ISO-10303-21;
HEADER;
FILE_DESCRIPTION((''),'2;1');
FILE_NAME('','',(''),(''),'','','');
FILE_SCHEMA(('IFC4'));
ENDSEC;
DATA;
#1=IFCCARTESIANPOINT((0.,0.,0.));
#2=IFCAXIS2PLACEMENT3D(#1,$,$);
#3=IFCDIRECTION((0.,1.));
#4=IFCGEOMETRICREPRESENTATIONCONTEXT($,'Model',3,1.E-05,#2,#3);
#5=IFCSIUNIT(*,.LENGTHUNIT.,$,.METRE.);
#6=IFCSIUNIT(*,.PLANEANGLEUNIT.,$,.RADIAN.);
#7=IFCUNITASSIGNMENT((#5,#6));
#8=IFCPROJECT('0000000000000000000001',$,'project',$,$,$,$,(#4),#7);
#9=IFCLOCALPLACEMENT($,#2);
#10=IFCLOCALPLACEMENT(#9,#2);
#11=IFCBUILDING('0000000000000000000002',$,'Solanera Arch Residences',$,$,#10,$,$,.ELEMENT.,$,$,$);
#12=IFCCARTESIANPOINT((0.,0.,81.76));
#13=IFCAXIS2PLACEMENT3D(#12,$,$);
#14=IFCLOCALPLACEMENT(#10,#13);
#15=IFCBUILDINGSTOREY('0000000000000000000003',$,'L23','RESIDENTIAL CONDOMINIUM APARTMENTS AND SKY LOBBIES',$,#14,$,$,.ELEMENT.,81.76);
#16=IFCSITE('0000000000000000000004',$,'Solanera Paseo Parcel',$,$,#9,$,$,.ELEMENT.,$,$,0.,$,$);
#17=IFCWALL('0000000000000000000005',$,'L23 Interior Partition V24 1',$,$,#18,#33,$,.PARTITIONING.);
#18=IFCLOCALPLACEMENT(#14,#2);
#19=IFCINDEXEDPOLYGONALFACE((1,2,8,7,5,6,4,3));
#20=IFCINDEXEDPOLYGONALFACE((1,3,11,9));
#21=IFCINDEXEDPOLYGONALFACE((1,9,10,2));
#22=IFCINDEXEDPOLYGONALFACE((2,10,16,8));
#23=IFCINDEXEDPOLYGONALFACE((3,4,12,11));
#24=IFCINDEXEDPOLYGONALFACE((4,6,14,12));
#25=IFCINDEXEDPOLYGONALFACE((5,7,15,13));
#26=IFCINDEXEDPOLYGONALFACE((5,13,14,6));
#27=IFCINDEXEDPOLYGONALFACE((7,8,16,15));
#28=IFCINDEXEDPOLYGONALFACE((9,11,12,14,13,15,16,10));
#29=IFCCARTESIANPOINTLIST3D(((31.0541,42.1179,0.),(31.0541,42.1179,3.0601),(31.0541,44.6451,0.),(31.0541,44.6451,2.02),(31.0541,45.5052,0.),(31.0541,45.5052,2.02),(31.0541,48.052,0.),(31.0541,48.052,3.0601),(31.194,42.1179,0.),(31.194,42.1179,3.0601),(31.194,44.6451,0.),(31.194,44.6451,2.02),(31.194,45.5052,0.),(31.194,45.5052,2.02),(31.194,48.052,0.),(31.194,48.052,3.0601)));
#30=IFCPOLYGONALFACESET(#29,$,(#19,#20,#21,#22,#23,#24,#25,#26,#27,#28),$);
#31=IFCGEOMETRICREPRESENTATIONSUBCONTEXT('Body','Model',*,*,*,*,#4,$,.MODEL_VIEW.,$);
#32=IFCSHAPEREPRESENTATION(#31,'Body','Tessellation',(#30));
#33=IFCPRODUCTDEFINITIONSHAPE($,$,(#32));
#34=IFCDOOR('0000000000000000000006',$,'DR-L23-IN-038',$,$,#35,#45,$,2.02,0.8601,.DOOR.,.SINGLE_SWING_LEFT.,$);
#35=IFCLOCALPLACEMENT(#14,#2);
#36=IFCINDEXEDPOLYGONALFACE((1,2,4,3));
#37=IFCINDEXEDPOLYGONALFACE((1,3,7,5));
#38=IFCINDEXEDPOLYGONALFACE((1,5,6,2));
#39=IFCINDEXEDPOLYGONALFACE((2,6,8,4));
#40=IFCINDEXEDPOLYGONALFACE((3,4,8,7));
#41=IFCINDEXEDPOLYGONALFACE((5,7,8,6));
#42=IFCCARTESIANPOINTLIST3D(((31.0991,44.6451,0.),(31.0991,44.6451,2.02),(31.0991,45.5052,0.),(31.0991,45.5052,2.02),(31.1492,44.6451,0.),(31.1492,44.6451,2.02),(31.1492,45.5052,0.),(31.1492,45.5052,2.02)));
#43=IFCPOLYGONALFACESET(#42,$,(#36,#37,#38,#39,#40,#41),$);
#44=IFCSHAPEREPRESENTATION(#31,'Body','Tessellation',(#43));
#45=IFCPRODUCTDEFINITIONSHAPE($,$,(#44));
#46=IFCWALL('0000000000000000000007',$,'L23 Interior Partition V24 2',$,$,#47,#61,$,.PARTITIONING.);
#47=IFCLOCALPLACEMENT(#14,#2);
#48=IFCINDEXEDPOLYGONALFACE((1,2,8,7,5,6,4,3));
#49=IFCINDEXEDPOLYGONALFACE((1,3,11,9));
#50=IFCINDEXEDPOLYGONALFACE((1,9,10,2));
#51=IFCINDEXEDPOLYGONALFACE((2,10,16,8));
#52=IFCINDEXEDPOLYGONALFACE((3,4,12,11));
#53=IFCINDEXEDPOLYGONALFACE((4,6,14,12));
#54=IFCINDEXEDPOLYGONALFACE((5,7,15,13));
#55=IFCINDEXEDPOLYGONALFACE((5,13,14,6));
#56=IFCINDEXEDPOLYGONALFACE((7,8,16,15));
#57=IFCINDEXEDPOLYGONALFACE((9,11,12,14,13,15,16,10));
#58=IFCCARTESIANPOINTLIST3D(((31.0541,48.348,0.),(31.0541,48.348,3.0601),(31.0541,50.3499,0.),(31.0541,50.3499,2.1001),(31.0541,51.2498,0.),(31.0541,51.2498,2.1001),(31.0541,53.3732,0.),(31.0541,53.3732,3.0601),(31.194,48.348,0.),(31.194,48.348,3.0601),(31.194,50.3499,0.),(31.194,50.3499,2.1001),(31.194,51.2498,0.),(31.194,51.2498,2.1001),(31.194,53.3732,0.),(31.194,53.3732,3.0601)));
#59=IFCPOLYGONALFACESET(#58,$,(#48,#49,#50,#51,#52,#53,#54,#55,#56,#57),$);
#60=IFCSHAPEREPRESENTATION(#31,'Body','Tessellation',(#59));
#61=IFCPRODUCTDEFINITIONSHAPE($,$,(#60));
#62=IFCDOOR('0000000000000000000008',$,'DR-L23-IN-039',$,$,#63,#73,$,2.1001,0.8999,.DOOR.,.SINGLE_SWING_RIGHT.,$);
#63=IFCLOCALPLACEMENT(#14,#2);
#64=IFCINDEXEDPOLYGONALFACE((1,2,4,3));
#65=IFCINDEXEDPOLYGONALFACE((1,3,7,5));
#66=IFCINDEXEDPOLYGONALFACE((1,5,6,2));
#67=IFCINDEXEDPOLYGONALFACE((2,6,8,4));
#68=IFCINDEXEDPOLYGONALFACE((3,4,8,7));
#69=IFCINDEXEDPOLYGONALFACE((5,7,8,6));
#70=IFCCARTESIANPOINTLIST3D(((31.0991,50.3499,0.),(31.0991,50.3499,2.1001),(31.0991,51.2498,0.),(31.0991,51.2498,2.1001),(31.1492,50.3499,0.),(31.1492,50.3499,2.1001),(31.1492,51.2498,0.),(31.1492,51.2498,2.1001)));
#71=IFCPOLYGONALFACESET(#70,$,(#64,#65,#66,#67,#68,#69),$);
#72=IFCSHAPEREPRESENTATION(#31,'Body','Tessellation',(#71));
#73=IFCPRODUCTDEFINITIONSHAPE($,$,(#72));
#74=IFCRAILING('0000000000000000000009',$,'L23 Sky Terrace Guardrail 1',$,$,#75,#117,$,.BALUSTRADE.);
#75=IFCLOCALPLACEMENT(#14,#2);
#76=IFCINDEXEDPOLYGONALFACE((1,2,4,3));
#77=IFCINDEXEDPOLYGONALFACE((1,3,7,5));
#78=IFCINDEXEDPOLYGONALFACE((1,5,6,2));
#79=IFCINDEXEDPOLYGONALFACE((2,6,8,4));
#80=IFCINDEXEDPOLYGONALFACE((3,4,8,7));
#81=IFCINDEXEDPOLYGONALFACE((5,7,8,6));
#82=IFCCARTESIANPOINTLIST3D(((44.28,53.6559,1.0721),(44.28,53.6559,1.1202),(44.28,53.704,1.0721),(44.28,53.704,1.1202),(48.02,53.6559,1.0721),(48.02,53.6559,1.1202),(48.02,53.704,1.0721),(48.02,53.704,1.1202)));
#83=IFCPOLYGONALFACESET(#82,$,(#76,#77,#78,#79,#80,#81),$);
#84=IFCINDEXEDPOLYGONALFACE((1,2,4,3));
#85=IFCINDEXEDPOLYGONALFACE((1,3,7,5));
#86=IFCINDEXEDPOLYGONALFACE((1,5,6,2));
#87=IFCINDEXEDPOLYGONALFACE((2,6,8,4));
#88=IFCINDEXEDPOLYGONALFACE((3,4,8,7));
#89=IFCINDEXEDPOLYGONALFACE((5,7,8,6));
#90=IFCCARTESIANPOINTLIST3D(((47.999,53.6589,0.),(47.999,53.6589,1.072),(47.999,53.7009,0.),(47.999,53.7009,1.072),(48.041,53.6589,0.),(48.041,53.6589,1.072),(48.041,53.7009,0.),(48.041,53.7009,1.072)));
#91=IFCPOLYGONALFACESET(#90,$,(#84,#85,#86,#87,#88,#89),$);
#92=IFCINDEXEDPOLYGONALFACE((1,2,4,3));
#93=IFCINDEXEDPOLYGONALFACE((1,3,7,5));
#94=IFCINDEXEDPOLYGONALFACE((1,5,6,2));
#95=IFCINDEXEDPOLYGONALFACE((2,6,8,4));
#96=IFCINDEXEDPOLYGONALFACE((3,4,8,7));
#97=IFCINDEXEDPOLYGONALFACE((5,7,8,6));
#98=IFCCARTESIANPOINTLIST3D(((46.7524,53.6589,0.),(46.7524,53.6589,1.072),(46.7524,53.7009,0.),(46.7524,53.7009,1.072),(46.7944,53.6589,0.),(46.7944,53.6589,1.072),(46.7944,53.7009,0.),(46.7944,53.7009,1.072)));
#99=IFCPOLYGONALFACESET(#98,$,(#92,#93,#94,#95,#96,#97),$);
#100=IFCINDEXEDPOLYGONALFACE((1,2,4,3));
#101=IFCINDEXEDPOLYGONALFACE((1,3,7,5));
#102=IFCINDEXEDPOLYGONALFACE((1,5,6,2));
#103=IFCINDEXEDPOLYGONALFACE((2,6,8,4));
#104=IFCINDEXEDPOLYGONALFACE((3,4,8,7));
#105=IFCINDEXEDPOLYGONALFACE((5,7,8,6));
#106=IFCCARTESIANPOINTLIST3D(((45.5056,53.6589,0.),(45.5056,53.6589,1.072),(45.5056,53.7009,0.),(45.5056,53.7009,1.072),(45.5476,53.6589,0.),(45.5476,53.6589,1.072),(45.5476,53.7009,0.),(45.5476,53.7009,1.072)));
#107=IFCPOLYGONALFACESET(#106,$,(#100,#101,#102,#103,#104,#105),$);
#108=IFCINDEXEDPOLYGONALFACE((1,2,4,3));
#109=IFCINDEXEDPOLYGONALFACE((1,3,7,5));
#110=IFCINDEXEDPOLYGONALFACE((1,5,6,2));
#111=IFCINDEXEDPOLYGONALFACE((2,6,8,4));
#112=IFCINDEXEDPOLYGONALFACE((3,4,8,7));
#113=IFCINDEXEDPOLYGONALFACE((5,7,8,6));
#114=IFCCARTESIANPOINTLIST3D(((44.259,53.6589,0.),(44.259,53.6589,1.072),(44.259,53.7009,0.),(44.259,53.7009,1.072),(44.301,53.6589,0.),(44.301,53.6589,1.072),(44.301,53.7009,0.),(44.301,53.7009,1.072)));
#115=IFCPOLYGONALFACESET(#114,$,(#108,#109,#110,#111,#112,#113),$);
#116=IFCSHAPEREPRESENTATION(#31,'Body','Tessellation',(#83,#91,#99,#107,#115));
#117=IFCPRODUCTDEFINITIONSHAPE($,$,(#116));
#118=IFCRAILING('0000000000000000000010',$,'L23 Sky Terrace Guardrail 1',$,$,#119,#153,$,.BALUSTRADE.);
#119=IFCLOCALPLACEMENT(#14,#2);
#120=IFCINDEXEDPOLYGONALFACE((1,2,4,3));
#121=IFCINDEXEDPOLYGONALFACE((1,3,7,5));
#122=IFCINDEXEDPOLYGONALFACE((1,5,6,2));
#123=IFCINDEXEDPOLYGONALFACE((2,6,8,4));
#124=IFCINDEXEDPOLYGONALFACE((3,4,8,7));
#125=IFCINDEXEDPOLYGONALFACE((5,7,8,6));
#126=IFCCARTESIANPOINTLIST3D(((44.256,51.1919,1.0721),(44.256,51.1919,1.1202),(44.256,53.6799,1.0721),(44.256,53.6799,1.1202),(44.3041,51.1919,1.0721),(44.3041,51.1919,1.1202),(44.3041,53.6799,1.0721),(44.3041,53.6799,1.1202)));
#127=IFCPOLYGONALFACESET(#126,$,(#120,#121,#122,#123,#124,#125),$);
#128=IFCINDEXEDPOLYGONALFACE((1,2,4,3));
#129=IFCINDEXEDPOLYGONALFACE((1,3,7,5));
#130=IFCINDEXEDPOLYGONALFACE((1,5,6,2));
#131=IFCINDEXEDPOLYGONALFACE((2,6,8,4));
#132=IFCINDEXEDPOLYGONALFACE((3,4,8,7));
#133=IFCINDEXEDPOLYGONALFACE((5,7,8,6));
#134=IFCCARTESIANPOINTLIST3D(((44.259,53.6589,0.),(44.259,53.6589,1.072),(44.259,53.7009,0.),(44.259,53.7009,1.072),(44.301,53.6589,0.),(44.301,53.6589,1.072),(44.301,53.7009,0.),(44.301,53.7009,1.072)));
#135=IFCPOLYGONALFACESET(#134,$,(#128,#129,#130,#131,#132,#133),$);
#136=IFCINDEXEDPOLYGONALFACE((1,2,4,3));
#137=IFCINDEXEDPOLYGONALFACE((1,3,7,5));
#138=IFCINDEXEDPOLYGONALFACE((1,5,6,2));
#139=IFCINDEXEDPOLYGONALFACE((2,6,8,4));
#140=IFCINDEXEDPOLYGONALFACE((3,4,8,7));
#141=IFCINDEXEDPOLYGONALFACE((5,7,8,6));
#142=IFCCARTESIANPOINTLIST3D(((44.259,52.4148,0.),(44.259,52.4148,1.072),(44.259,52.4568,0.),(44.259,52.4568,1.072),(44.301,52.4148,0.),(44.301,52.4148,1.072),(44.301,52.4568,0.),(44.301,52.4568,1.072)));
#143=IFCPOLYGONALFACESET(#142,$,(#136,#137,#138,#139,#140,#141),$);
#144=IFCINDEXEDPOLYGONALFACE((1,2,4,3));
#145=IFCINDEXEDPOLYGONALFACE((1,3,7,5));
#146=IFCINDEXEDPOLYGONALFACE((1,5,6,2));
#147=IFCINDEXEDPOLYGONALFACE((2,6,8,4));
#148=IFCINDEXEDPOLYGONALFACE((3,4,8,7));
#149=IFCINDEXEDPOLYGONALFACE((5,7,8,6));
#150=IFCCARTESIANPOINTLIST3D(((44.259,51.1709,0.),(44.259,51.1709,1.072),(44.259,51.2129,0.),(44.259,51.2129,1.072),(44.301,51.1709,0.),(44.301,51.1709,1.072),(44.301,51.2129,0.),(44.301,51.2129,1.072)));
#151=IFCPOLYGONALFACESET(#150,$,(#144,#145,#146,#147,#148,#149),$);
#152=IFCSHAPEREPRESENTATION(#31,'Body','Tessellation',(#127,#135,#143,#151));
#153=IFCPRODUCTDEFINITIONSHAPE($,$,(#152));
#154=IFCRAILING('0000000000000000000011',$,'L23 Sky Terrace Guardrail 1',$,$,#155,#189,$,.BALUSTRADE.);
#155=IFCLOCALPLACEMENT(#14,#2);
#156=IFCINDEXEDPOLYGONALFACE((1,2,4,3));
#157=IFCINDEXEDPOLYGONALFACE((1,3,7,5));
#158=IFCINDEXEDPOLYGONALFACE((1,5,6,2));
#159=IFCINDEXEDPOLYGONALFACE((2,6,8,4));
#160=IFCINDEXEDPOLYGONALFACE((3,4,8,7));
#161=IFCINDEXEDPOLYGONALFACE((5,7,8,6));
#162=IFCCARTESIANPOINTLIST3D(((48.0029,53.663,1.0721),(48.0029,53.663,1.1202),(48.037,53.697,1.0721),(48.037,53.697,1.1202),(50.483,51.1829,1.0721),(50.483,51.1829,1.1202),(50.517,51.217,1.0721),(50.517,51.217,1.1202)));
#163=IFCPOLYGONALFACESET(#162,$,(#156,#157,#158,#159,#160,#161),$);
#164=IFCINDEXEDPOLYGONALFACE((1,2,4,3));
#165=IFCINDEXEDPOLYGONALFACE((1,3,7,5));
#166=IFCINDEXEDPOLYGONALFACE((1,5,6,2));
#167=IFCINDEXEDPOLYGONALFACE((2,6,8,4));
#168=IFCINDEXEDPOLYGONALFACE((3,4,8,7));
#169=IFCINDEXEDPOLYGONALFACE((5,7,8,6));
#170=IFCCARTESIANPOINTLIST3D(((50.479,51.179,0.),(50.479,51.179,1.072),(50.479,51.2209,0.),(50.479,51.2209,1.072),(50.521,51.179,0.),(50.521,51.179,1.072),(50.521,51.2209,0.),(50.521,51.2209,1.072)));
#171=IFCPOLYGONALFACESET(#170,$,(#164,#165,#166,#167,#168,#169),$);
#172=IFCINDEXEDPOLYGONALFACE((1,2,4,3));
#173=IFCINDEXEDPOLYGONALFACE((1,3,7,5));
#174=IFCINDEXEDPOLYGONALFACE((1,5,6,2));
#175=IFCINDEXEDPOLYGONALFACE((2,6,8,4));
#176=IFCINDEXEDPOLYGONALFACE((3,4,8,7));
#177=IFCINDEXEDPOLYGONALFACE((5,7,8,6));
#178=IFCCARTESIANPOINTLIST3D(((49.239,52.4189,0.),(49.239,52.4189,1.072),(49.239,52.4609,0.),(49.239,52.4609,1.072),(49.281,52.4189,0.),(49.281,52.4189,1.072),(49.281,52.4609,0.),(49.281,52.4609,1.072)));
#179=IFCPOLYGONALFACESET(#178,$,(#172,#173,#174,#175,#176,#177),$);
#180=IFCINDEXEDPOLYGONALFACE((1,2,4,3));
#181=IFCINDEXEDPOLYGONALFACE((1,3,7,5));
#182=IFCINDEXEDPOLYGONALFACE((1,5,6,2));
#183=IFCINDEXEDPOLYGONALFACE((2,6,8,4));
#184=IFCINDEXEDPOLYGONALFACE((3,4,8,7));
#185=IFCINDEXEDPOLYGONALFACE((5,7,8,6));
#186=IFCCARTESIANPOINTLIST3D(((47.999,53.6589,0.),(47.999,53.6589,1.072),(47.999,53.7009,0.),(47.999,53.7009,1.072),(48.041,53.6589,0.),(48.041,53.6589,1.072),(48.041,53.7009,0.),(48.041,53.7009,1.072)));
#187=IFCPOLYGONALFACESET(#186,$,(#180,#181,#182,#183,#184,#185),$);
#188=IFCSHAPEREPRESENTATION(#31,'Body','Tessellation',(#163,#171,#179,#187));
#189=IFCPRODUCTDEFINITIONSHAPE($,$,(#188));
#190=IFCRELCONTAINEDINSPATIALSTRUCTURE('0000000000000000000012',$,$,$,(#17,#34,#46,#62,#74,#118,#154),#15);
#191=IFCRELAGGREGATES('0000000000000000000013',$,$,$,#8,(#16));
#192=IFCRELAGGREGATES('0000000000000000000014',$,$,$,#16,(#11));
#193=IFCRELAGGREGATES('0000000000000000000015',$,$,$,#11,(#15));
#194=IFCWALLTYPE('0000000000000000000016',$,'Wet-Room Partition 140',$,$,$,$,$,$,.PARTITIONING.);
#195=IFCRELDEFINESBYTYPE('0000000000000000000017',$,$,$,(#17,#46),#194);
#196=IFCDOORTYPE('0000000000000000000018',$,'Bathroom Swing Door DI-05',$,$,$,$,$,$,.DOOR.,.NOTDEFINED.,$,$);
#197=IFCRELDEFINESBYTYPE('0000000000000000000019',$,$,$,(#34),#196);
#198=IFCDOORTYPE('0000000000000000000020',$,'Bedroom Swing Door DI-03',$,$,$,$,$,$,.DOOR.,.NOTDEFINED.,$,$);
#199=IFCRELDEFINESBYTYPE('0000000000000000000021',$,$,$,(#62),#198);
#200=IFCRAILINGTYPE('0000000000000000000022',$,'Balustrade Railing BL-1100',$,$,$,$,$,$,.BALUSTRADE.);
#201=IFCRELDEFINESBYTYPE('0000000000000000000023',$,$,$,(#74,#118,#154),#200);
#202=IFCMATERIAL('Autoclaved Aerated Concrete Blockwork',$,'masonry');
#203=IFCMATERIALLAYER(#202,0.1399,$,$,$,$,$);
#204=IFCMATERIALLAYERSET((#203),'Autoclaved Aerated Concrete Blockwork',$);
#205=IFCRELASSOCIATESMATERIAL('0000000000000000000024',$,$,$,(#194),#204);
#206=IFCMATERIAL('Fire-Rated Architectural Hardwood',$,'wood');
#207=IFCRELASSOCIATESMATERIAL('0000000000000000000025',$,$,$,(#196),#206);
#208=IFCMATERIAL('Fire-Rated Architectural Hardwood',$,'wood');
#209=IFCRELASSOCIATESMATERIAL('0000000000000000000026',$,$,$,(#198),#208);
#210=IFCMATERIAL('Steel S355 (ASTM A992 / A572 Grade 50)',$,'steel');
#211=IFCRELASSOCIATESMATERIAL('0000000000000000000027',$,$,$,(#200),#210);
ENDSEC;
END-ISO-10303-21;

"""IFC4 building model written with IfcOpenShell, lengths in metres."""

from ifc_helpers import new_model, si_unit, direction, frame, frame_2d, origin, origin_2d, place, context, subcontext, project, spatial, rectangle, extrude, material, layer, layer_set, type_object, element, fill, save


model = new_model("IFC4")

# Units and contexts
model_context = context("Model", 3, precision=1e-05, world=origin(), true_north=direction((0.0, 1.0)))
body_context = subcontext(model_context, "Body", "Model", "MODEL_VIEW")
ifc_project = project(units=[si_unit("LENGTHUNIT", "METRE"), si_unit("PLANEANGLEUNIT", "RADIAN")], contexts=[model_context])

# Site, building, storey
site_placement = place(None, origin())
site = spatial("IfcSite", under=ifc_project, at=site_placement, Name="Solanera Paseo Parcel", CompositionType="ELEMENT", RefElevation=0.0)
building_placement = place(site_placement, origin())
building = spatial("IfcBuilding", under=site, at=building_placement, Name="Solanera Arch Residences", CompositionType="ELEMENT")
storey_placement = place(building_placement, frame((0.0, 0.0, 81.76)))
storey = spatial("IfcBuildingStorey", under=building, at=storey_placement, Name="L23", Description="RESIDENTIAL CONDOMINIUM APARTMENTS AND SKY LOBBIES", CompositionType="ELEMENT", Elevation=81.76)

# Shared definitions
ifc_material_1 = material(Name="Autoclaved Aerated Concrete Blockwork", Category="masonry")
ifc_layer_1 = layer(ifc_material_1, 0.1399)
ifc_layer_set_1 = layer_set([ifc_layer_1], Name="Autoclaved Aerated Concrete Blockwork")
wall_type_1 = type_object("IfcWallType", Name="Wet-Room Partition 140", PredefinedType="PARTITIONING", material=ifc_layer_set_1)

# Walls, openings, doors
wall_1_placement = place(storey_placement, frame((31.124, 42.1179, 0.0), z_axis=(0.0, 0.0, 1.0), x_axis=(0.0, 1.0, 0.0)))
wall_1 = element("IfcWall", 1, at=wall_1_placement, inside=storey, type_object=wall_type_1, Name="L23 Interior Partition V24 1", PredefinedType="PARTITIONING", context=body_context, shape_type="SweptSolid", body=[
    extrude(rectangle(XDim=5.9341, YDim=0.1399, at=frame_2d((2.967, 0.0))), origin(), (0.0, 0.0, 1.0), 3.0601),
])
opening_1_placement = place(wall_1_placement, frame((2.5271, 0.0, 0.0)))
opening_1 = element("IfcOpeningElement", 2, at=opening_1_placement, cuts=wall_1, PredefinedType="OPENING", context=body_context, shape_type="SweptSolid", body=[
    extrude(rectangle(XDim=0.8601, YDim=2.02, at=frame_2d((0.4302, 1.01))), frame((0.0, 0.0798, 0.0), z_axis=(0.0, -1.0, 0.0), x_axis=(1.0, 0.0, 0.0)), (0.0, 0.0, 1.0), 0.1599),
])
ifc_material_2 = material(Name="Fire-Rated Architectural Hardwood", Category="wood")
door_type_1 = type_object("IfcDoorType", Name="Bathroom Swing Door DI-05", OperationType="NOTDEFINED", PredefinedType="DOOR", material=ifc_material_2)
door_1_placement = place(opening_1_placement, origin())
door_1 = element("IfcDoor", 3, at=door_1_placement, inside=storey, type_object=door_type_1, Name="DR-L23-IN-038", OperationType="SINGLE_SWING_LEFT", OverallHeight=2.02, OverallWidth=0.8601, PredefinedType="DOOR", context=body_context, shape_type="SweptSolid", body=[
    extrude(rectangle(XDim=0.8601, YDim=2.02, at=frame_2d((0.4302, 1.01))), frame((0.0, 0.0249, 0.0), z_axis=(0.0, -1.0, 0.0), x_axis=(1.0, 0.0, 0.0)), (0.0, 0.0, 1.0), 0.05),
])
fill(opening_1, door_1)
wall_2_placement = place(storey_placement, frame((31.124, 48.3479, 0.0), z_axis=(0.0, 0.0, 1.0), x_axis=(0.0, 1.0, 0.0)))
wall_2 = element("IfcWall", 4, at=wall_2_placement, inside=storey, type_object=wall_type_1, Name="L23 Interior Partition V24 2", PredefinedType="PARTITIONING", context=body_context, shape_type="SweptSolid", body=[
    extrude(rectangle(XDim=5.0251, YDim=0.1399, at=frame_2d((2.5127, 0.0))), origin(), (0.0, 0.0, 1.0), 3.0601),
])
opening_2_placement = place(wall_2_placement, frame((2.002, 0.0, 0.0)))
opening_2 = element("IfcOpeningElement", 5, at=opening_2_placement, cuts=wall_2, PredefinedType="OPENING", context=body_context, shape_type="SweptSolid", body=[
    extrude(rectangle(XDim=0.8999, YDim=2.1001, at=frame_2d((0.45, 1.05))), frame((0.0, 0.0798, 0.0), z_axis=(0.0, -1.0, 0.0), x_axis=(1.0, 0.0, 0.0)), (0.0, 0.0, 1.0), 0.1599),
])
ifc_material_3 = material(Name="Fire-Rated Architectural Hardwood", Category="wood")
door_type_2 = type_object("IfcDoorType", Name="Bedroom Swing Door DI-03", OperationType="NOTDEFINED", PredefinedType="DOOR", material=ifc_material_3)
door_2_placement = place(opening_2_placement, origin())
door_2 = element("IfcDoor", 6, at=door_2_placement, inside=storey, type_object=door_type_2, Name="DR-L23-IN-039", OperationType="SINGLE_SWING_RIGHT", OverallHeight=2.1001, OverallWidth=0.8999, PredefinedType="DOOR", context=body_context, shape_type="SweptSolid", body=[
    extrude(rectangle(XDim=0.8999, YDim=2.1001, at=frame_2d((0.45, 1.05))), frame((0.0, 0.0249, 0.0), z_axis=(0.0, -1.0, 0.0), x_axis=(1.0, 0.0, 0.0)), (0.0, 0.0, 1.0), 0.05),
])
fill(opening_2, door_2)

# Railings
ifc_material_4 = material(Name="Steel S355 (ASTM A992 / A572 Grade 50)", Category="steel")
railing_type = type_object("IfcRailingType", Name="Balustrade Railing BL-1100", PredefinedType="BALUSTRADE", material=ifc_material_4)
railing_1_placement = place(storey_placement, frame((48.02, 53.6799, 0.0)))
element("IfcRailing", 7, at=railing_1_placement, inside=storey, type_object=railing_type, Name="L23 Sky Terrace Guardrail 1", PredefinedType="BALUSTRADE", context=body_context, shape_type="SweptSolid", body=[
    extrude(rectangle(XDim=0.0481, YDim=0.0481, at=origin_2d()), frame((0.0, 0.0, 1.0962), z_axis=(-1.0, 0.0, 0.0), x_axis=(0.0, -1.0, 0.0)), (0.0, 0.0, 1.0), 3.74),
    extrude(rectangle(XDim=0.042, YDim=0.042, at=origin_2d()), origin(), (0.0, 0.0, 1.0), 1.072),
    extrude(rectangle(XDim=0.042, YDim=0.042, at=origin_2d()), frame((-1.2466, 0.0, 0.0)), (0.0, 0.0, 1.0), 1.072),
    extrude(rectangle(XDim=0.042, YDim=0.042, at=origin_2d()), frame((-2.4934, 0.0, 0.0)), (0.0, 0.0, 1.0), 1.072),
    extrude(rectangle(XDim=0.042, YDim=0.042, at=origin_2d()), frame((-3.74, 0.0, 0.0)), (0.0, 0.0, 1.0), 1.072),
])
railing_2_placement = place(storey_placement, frame((44.28, 53.6799, 0.0)))
element("IfcRailing", 8, at=railing_2_placement, inside=storey, type_object=railing_type, Name="L23 Sky Terrace Guardrail 1", PredefinedType="BALUSTRADE", context=body_context, shape_type="SweptSolid", body=[
    extrude(rectangle(XDim=0.0481, YDim=0.0481, at=origin_2d()), frame((0.0, 0.0, 1.0962), z_axis=(0.0, -1.0, 0.0), x_axis=(1.0, 0.0, 0.0)), (0.0, 0.0, 1.0), 2.488),
    extrude(rectangle(XDim=0.042, YDim=0.042, at=origin_2d()), origin(), (0.0, 0.0, 1.0), 1.072),
    extrude(rectangle(XDim=0.042, YDim=0.042, at=origin_2d()), frame((0.0, -1.2441, 0.0)), (0.0, 0.0, 1.0), 1.072),
    extrude(rectangle(XDim=0.042, YDim=0.042, at=origin_2d()), frame((0.0, -2.488, 0.0)), (0.0, 0.0, 1.0), 1.072),
])
railing_3_placement = place(storey_placement, frame((50.5, 51.2, 0.0)))
element("IfcRailing", 9, at=railing_3_placement, inside=storey, type_object=railing_type, Name="L23 Sky Terrace Guardrail 1", PredefinedType="BALUSTRADE", context=body_context, shape_type="SweptSolid", body=[
    extrude(rectangle(XDim=0.0481, YDim=0.0481, at=origin_2d()), frame((0.0, 0.0, 1.0962), z_axis=(-0.707107, 0.707107, 0.0), x_axis=(-0.707107, -0.707107, 0.0)), (0.0, 0.0, 1.0), 3.5073),
    extrude(rectangle(XDim=0.042, YDim=0.042, at=origin_2d()), origin(), (0.0, 0.0, 1.0), 1.072),
    extrude(rectangle(XDim=0.042, YDim=0.042, at=origin_2d()), frame((-1.24, 1.24, 0.0)), (0.0, 0.0, 1.0), 1.072),
    extrude(rectangle(XDim=0.042, YDim=0.042, at=origin_2d()), frame((-2.48, 2.48, 0.0)), (0.0, 0.0, 1.0), 1.072),
])

save(model, "model.ifc")
